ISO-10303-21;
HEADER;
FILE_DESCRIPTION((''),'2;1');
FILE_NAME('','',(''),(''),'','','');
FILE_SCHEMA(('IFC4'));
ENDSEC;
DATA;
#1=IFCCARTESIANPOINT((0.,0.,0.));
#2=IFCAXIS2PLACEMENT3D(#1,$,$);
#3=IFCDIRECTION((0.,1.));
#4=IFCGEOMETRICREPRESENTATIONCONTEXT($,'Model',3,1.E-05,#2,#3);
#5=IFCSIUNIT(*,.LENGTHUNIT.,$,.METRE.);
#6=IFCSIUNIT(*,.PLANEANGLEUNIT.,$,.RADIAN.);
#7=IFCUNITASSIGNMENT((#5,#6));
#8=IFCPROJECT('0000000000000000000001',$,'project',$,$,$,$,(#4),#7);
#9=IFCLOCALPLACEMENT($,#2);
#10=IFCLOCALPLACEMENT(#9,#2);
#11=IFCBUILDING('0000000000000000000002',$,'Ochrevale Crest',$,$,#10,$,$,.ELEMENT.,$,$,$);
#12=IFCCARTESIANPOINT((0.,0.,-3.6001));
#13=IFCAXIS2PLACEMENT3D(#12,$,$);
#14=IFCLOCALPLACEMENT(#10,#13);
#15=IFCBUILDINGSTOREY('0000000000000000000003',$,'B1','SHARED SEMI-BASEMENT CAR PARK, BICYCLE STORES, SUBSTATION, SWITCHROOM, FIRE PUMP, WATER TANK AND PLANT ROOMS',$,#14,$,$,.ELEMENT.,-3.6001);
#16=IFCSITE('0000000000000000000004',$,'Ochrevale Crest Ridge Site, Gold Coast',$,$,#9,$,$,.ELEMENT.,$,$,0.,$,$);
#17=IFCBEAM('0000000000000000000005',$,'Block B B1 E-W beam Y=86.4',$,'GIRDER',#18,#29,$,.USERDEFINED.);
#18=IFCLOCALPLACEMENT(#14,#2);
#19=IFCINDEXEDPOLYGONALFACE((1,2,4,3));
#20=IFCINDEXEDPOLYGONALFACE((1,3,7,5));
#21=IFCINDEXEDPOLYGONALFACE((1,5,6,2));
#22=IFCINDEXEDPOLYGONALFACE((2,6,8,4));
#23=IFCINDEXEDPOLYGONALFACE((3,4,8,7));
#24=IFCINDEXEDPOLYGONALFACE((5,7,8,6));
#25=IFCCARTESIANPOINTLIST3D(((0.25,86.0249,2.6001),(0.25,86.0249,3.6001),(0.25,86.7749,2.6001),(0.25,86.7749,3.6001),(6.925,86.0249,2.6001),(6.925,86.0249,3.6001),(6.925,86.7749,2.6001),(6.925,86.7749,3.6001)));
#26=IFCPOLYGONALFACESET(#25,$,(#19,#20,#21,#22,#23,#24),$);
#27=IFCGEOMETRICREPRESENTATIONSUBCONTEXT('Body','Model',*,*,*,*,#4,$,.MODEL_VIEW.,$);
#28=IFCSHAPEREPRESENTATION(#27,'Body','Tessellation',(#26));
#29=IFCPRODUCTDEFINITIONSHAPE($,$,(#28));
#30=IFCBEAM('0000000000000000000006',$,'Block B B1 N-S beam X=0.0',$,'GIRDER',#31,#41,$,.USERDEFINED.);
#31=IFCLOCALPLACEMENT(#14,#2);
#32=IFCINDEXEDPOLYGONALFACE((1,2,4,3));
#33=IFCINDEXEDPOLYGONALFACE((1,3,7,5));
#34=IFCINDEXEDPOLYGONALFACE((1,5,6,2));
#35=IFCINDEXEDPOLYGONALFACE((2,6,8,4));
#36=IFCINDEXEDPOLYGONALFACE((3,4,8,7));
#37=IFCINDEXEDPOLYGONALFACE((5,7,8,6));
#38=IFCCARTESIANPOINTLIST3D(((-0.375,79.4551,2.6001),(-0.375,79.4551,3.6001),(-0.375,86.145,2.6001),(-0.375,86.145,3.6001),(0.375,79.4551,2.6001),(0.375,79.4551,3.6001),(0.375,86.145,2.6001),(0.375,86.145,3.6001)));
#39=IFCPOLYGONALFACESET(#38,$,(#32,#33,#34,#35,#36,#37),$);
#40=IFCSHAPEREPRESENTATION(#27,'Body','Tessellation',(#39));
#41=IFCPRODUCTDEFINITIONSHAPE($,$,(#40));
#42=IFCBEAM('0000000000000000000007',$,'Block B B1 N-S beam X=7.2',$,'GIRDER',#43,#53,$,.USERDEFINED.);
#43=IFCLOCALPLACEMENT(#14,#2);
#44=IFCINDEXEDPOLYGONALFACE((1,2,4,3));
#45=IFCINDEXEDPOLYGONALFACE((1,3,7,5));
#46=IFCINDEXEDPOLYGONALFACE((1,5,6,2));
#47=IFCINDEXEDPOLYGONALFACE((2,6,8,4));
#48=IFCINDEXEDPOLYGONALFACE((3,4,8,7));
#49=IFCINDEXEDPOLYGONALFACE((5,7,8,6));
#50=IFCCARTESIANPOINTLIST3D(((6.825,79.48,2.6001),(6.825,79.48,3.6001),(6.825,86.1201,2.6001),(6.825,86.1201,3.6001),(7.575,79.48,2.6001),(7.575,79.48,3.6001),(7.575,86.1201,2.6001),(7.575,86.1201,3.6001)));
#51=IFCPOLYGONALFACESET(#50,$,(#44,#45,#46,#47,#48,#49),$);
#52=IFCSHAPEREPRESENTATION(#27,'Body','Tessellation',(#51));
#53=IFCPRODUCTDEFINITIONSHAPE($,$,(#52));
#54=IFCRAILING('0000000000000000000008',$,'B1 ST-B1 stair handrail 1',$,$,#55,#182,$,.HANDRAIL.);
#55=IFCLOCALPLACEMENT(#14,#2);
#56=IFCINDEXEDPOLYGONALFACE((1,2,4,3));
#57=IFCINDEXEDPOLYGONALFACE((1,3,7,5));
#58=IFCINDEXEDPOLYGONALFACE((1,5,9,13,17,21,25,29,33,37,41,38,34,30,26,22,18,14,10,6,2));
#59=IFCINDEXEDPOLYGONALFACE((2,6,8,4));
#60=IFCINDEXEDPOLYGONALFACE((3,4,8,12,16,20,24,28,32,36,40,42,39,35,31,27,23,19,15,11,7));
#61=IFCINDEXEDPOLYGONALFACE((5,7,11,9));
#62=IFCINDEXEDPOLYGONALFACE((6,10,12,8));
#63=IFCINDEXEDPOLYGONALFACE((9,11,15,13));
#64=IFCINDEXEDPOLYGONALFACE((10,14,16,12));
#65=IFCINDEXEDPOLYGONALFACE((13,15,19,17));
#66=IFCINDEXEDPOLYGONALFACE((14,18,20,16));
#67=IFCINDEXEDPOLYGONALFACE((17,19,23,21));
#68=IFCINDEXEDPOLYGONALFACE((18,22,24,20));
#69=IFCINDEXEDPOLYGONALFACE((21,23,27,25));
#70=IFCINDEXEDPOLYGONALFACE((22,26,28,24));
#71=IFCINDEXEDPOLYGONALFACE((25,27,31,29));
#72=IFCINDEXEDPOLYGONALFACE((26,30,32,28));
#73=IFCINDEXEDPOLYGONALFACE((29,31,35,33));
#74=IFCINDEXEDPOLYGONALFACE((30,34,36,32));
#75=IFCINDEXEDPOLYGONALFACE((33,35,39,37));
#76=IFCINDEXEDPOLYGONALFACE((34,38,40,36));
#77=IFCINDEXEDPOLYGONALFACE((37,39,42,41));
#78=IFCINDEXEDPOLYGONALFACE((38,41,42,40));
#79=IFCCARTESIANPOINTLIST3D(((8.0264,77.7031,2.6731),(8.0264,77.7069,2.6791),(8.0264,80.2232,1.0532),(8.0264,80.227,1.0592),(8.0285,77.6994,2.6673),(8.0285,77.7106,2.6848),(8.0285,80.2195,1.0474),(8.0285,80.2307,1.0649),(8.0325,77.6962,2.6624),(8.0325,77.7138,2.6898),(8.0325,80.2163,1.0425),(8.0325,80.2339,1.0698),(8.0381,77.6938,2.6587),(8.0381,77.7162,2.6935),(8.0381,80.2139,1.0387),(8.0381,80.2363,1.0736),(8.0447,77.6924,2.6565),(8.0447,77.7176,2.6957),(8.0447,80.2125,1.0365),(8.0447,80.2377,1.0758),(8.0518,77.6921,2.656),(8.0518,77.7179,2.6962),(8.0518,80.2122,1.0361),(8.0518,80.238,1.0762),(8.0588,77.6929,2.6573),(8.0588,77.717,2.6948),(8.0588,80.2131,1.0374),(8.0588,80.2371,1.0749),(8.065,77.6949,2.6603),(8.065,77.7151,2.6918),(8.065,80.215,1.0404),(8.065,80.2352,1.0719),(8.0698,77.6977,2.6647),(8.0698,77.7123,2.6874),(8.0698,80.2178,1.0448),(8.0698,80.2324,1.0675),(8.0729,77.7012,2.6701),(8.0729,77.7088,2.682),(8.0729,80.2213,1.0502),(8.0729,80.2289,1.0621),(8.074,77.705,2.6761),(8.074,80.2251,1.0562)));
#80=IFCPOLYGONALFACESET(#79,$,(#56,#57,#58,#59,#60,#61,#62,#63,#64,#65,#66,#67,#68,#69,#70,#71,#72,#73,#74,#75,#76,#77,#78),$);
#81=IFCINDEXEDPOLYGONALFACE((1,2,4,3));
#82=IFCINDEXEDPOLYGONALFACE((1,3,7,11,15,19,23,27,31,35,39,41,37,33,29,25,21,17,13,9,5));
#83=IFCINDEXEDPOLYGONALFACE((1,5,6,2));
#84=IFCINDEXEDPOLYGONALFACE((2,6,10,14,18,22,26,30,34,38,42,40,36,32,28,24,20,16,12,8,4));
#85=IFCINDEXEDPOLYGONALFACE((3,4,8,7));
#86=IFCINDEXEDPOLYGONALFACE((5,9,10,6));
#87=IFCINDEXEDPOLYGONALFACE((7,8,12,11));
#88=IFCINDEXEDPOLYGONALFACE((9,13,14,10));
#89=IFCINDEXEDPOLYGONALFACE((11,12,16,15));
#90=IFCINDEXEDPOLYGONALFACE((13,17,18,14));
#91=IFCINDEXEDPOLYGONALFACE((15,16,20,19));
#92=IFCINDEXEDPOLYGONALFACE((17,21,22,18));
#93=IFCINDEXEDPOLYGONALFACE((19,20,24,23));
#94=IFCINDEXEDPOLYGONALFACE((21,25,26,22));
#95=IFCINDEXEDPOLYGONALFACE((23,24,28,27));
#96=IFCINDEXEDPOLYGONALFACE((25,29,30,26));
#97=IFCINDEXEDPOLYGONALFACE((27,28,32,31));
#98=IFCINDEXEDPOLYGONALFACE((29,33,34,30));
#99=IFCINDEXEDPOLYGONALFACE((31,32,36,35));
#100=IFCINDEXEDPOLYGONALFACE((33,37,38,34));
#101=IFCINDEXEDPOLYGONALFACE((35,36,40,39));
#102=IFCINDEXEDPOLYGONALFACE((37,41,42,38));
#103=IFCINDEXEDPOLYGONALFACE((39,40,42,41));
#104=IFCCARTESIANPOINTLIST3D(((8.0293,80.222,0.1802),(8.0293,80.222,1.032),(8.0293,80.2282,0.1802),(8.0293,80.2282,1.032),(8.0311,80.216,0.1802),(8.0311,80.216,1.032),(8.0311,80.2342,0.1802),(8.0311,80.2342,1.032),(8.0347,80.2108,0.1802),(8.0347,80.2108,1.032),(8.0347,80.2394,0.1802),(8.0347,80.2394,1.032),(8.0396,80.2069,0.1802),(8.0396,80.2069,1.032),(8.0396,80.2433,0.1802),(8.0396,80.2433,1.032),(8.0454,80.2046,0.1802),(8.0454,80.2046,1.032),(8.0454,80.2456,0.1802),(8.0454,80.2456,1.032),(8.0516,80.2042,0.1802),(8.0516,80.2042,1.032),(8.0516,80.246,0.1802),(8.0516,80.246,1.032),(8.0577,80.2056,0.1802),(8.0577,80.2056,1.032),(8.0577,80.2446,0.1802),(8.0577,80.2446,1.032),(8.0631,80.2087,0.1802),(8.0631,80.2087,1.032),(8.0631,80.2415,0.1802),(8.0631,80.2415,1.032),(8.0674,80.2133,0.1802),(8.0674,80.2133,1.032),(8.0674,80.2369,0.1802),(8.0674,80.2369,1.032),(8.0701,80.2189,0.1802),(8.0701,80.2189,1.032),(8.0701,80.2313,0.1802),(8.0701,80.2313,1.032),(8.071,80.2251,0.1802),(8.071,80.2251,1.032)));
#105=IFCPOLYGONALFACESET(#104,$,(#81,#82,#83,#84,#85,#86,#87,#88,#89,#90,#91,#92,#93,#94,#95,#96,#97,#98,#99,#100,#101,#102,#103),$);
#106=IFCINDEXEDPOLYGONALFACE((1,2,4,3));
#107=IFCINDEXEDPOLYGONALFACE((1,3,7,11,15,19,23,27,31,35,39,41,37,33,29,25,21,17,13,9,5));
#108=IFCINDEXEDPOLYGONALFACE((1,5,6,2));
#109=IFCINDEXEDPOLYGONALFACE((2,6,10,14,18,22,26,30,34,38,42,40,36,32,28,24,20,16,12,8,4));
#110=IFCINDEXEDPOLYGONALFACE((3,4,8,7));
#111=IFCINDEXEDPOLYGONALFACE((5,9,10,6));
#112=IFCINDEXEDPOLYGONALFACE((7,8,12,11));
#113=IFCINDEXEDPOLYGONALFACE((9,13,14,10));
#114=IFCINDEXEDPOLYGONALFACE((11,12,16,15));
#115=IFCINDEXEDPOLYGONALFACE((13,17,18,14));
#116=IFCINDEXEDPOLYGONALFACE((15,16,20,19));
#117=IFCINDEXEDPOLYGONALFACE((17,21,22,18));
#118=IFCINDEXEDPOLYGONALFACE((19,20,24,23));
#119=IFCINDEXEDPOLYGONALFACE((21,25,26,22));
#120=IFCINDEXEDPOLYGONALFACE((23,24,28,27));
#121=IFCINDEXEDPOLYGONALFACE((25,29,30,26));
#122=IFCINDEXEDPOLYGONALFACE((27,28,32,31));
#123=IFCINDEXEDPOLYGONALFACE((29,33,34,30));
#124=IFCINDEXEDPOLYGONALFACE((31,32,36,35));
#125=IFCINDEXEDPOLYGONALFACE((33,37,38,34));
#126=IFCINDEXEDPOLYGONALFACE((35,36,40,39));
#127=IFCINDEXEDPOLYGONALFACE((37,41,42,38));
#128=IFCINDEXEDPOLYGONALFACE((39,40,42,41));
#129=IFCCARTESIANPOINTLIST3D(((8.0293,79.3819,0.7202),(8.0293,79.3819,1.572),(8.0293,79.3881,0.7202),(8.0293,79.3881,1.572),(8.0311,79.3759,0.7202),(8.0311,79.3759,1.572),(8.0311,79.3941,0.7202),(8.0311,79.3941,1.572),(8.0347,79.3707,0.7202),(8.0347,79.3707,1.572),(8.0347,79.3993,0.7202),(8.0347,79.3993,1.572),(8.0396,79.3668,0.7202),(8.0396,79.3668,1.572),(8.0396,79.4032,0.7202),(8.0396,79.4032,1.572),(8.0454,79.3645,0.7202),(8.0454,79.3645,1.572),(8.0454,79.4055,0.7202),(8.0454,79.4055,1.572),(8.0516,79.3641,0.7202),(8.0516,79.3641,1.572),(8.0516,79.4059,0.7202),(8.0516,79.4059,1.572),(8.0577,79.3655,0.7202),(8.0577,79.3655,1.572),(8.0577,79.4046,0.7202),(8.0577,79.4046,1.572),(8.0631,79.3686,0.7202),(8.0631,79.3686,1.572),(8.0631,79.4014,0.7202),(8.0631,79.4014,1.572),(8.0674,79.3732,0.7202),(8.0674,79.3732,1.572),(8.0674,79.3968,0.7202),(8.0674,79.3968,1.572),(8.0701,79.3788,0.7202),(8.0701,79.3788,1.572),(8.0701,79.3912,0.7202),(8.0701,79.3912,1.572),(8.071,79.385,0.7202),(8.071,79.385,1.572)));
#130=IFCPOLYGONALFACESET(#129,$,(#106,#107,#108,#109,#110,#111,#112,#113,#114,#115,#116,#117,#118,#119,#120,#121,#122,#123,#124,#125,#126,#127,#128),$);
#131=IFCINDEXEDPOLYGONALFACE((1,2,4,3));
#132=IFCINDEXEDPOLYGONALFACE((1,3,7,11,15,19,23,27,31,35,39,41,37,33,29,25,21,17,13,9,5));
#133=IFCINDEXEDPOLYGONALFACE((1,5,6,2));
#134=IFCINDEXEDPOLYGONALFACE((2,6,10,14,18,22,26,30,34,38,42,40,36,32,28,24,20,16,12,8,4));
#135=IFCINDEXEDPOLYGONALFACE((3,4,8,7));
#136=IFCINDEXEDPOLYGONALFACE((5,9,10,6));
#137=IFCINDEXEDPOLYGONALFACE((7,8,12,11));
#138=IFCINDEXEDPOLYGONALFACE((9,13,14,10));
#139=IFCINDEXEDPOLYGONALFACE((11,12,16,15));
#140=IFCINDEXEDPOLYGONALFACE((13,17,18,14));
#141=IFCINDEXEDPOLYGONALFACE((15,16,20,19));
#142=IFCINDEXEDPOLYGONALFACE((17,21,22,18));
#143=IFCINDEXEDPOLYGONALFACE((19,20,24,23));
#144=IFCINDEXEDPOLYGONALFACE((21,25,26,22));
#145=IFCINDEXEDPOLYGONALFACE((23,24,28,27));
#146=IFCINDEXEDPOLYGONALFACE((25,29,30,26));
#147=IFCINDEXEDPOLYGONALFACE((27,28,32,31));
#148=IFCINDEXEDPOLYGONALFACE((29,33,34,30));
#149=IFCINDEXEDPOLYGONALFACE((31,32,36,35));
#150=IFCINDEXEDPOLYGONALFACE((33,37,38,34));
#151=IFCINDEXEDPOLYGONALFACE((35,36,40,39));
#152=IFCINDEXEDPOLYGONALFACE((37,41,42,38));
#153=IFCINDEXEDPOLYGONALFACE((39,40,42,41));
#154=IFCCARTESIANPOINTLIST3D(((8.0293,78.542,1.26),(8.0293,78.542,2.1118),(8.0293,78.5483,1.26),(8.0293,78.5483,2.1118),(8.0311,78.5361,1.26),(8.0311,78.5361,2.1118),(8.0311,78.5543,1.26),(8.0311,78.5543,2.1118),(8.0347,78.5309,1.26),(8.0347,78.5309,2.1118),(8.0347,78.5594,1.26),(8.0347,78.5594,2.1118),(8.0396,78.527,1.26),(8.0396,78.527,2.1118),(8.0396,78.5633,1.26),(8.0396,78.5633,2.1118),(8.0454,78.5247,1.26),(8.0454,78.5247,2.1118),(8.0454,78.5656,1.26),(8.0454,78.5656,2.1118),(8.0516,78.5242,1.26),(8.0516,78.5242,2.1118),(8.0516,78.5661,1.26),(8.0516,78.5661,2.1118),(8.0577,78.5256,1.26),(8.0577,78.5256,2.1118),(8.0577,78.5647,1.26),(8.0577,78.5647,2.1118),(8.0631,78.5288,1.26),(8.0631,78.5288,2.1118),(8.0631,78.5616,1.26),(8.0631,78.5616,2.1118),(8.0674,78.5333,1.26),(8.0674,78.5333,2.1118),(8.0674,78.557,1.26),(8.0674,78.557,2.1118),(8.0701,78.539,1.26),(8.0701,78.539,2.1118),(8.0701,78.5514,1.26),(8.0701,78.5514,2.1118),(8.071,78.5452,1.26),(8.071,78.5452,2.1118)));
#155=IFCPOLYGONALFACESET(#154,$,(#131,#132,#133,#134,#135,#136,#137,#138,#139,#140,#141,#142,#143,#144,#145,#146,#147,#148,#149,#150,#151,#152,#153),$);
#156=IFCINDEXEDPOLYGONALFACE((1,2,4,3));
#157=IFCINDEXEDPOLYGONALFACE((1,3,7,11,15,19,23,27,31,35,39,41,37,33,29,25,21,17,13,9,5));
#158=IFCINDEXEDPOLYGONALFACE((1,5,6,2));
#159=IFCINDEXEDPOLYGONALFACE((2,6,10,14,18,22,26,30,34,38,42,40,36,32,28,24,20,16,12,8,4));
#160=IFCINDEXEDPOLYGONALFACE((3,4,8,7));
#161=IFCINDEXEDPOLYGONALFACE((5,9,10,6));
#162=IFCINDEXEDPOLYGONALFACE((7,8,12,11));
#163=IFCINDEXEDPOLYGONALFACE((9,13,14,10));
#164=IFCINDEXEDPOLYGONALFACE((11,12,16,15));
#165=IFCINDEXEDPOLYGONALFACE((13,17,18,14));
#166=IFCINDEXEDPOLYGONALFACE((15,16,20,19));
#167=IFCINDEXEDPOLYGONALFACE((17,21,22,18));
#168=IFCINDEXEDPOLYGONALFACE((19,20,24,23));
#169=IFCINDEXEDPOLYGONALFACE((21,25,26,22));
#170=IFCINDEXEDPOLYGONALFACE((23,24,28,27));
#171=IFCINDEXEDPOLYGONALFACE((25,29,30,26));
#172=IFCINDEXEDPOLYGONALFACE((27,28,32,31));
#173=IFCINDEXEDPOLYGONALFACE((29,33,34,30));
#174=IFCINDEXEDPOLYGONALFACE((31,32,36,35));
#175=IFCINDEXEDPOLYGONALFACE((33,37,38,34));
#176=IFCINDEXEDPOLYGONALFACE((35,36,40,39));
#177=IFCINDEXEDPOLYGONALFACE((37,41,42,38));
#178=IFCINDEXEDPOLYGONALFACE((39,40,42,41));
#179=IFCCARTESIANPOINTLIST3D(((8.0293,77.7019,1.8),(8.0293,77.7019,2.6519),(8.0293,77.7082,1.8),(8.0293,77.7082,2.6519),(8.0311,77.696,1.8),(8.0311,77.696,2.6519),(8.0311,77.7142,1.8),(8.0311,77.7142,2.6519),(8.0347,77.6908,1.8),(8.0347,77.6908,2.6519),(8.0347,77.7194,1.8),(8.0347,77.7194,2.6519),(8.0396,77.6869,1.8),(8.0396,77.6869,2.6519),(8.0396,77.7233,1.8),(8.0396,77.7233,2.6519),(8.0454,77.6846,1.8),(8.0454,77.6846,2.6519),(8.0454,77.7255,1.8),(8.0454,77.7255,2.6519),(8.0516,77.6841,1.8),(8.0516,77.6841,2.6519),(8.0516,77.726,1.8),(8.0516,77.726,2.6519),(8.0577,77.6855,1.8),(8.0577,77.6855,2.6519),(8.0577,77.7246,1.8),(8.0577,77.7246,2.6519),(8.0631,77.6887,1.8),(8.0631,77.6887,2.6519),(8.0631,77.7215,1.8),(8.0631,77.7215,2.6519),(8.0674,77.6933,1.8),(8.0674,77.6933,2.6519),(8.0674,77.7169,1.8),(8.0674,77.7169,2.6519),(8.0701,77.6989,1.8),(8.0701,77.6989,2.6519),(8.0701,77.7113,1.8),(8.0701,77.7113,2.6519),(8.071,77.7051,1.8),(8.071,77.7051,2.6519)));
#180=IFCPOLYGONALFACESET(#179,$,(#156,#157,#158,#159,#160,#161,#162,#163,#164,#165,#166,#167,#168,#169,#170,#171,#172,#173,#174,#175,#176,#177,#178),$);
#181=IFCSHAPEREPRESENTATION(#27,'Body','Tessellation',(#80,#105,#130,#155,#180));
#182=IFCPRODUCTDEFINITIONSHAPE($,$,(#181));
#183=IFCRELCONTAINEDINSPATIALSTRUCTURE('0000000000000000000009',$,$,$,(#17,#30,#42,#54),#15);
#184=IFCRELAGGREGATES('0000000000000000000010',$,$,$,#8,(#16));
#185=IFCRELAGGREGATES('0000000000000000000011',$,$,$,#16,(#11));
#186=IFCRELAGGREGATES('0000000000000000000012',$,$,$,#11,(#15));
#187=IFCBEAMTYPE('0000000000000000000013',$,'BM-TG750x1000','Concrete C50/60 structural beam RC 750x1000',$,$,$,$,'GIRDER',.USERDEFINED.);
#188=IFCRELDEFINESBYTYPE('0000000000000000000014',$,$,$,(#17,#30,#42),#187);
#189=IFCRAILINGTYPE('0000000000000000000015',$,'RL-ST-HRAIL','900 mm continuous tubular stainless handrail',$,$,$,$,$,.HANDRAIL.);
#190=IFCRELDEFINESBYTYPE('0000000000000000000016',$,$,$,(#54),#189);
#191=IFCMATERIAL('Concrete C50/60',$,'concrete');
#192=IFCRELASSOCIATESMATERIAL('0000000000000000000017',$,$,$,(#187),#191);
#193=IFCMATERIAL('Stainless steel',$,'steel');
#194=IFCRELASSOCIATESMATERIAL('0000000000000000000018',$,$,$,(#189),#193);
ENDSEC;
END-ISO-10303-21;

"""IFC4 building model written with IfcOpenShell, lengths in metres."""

from ifc_helpers import new_model, si_unit, direction, frame, origin, origin_2d, place, context, subcontext, project, spatial, rectangle, circle, extrude, material, material_profile, profile_set, type_object, element, save


model = new_model("IFC4")

# Units and contexts
model_context = context("Model", 3, precision=1e-05, world=origin(), true_north=direction((0.0, 1.0)))
body_context = subcontext(model_context, "Body", "Model", "MODEL_VIEW")
ifc_project = project(units=[si_unit("LENGTHUNIT", "METRE"), si_unit("PLANEANGLEUNIT", "RADIAN")], contexts=[model_context])

# Site, building, storey
site_placement = place(None, origin())
site = spatial("IfcSite", under=ifc_project, at=site_placement, Name="Ochrevale Crest Ridge Site, Gold Coast", CompositionType="ELEMENT", RefElevation=0.0)
building_placement = place(site_placement, origin())
building = spatial("IfcBuilding", under=site, at=building_placement, Name="Ochrevale Crest", CompositionType="ELEMENT")
storey_placement = place(building_placement, frame((0.0, 0.0, -3.6001)))
storey = spatial("IfcBuildingStorey", under=building, at=storey_placement, Name="B1", Description="SHARED SEMI-BASEMENT CAR PARK, BICYCLE STORES, SUBSTATION, SWITCHROOM, FIRE PUMP, WATER TANK AND PLANT ROOMS", CompositionType="ELEMENT", Elevation=-3.6001)

# Shared definitions
ifc_material_1 = material(Name="Concrete C50/60", Category="concrete")

# Beams
ifc_material_profile_1 = material_profile(ifc_material_1, rectangle(XDim=0.75, YDim=1.0, at=origin_2d()), Name="RC 750x1000")
ifc_profile_set_1 = profile_set([ifc_material_profile_1], Name="Concrete C50/60")
beam_type = type_object("IfcBeamType", Name="BM-TG750x1000", Description="Concrete C50/60 structural beam RC 750x1000", ElementType="GIRDER", PredefinedType="USERDEFINED", material=ifc_profile_set_1)
for number, where, z_axis, x_axis, name in (
    (1, (0.25, 86.3999, 3.1001), (1.0, 0.0, 0.0), (0.0, 1.0, 0.0), "Block B B1 E-W beam Y=86.4"),
):
    element("IfcBeam", number, at=place(storey_placement, frame(where, z_axis=z_axis, x_axis=x_axis)), inside=storey, type_object=beam_type, Name=name, ObjectType="GIRDER", PredefinedType="USERDEFINED", context=body_context, shape_type="SweptSolid", body=[
        extrude(rectangle(XDim=0.75, YDim=1.0, at=origin_2d()), origin(), (0.0, 0.0, 1.0), 6.675),
    ])
beam_1_placement = place(storey_placement, frame((0.0, 79.4551, 3.1001), z_axis=(0.0, 1.0, 0.0), x_axis=(-1.0, 0.0, 0.0)))
element("IfcBeam", 2, at=beam_1_placement, inside=storey, type_object=beam_type, Name="Block B B1 N-S beam X=0.0", ObjectType="GIRDER", PredefinedType="USERDEFINED", context=body_context, shape_type="SweptSolid", body=[
    extrude(rectangle(XDim=0.75, YDim=1.0, at=origin_2d()), origin(), (0.0, 0.0, 1.0), 6.6899),
])
beam_2_placement = place(storey_placement, frame((7.2, 79.48, 3.1001), z_axis=(0.0, 1.0, 0.0), x_axis=(-1.0, 0.0, 0.0)))
element("IfcBeam", 3, at=beam_2_placement, inside=storey, type_object=beam_type, Name="Block B B1 N-S beam X=7.2", ObjectType="GIRDER", PredefinedType="USERDEFINED", context=body_context, shape_type="SweptSolid", body=[
    extrude(rectangle(XDim=0.75, YDim=1.0, at=origin_2d()), origin(), (0.0, 0.0, 1.0), 6.6401),
])

# Railing
ifc_material_2 = material(Name="Stainless steel", Category="steel")
railing_type = type_object("IfcRailingType", Name="RL-ST-HRAIL", Description="900 mm continuous tubular stainless handrail", PredefinedType="HANDRAIL", material=ifc_material_2)
railing_placement = place(storey_placement, frame((8.05, 80.2251, 0.1802)))
element("IfcRailing", 4, at=railing_placement, inside=storey, type_object=railing_type, Name="B1 ST-B1 stair handrail 1", PredefinedType="HANDRAIL", context=body_context, shape_type="SweptSolid", body=[
    extrude(circle(Radius=0.0239, at=origin_2d()), frame((0.0, 0.0, 0.876), z_axis=(0.0, -0.8412, 0.540725), x_axis=(1.0, 0.0, 0.0)), (0.0, 0.0, 1.0), 2.9958),
    extrude(circle(Radius=0.021, at=origin_2d()), origin(), (0.0, 0.0, 1.0), 0.8518),
    extrude(circle(Radius=0.021, at=origin_2d()), frame((0.0, -0.8401, 0.54)), (0.0, 0.0, 1.0), 0.8518),
    extrude(circle(Radius=0.021, at=origin_2d()), frame((0.0, -1.6799, 1.0798)), (0.0, 0.0, 1.0), 0.8518),
    extrude(circle(Radius=0.021, at=origin_2d()), frame((0.0, -2.52, 1.6199)), (0.0, 0.0, 1.0), 0.8518),
])

save(model, "model.ifc")
